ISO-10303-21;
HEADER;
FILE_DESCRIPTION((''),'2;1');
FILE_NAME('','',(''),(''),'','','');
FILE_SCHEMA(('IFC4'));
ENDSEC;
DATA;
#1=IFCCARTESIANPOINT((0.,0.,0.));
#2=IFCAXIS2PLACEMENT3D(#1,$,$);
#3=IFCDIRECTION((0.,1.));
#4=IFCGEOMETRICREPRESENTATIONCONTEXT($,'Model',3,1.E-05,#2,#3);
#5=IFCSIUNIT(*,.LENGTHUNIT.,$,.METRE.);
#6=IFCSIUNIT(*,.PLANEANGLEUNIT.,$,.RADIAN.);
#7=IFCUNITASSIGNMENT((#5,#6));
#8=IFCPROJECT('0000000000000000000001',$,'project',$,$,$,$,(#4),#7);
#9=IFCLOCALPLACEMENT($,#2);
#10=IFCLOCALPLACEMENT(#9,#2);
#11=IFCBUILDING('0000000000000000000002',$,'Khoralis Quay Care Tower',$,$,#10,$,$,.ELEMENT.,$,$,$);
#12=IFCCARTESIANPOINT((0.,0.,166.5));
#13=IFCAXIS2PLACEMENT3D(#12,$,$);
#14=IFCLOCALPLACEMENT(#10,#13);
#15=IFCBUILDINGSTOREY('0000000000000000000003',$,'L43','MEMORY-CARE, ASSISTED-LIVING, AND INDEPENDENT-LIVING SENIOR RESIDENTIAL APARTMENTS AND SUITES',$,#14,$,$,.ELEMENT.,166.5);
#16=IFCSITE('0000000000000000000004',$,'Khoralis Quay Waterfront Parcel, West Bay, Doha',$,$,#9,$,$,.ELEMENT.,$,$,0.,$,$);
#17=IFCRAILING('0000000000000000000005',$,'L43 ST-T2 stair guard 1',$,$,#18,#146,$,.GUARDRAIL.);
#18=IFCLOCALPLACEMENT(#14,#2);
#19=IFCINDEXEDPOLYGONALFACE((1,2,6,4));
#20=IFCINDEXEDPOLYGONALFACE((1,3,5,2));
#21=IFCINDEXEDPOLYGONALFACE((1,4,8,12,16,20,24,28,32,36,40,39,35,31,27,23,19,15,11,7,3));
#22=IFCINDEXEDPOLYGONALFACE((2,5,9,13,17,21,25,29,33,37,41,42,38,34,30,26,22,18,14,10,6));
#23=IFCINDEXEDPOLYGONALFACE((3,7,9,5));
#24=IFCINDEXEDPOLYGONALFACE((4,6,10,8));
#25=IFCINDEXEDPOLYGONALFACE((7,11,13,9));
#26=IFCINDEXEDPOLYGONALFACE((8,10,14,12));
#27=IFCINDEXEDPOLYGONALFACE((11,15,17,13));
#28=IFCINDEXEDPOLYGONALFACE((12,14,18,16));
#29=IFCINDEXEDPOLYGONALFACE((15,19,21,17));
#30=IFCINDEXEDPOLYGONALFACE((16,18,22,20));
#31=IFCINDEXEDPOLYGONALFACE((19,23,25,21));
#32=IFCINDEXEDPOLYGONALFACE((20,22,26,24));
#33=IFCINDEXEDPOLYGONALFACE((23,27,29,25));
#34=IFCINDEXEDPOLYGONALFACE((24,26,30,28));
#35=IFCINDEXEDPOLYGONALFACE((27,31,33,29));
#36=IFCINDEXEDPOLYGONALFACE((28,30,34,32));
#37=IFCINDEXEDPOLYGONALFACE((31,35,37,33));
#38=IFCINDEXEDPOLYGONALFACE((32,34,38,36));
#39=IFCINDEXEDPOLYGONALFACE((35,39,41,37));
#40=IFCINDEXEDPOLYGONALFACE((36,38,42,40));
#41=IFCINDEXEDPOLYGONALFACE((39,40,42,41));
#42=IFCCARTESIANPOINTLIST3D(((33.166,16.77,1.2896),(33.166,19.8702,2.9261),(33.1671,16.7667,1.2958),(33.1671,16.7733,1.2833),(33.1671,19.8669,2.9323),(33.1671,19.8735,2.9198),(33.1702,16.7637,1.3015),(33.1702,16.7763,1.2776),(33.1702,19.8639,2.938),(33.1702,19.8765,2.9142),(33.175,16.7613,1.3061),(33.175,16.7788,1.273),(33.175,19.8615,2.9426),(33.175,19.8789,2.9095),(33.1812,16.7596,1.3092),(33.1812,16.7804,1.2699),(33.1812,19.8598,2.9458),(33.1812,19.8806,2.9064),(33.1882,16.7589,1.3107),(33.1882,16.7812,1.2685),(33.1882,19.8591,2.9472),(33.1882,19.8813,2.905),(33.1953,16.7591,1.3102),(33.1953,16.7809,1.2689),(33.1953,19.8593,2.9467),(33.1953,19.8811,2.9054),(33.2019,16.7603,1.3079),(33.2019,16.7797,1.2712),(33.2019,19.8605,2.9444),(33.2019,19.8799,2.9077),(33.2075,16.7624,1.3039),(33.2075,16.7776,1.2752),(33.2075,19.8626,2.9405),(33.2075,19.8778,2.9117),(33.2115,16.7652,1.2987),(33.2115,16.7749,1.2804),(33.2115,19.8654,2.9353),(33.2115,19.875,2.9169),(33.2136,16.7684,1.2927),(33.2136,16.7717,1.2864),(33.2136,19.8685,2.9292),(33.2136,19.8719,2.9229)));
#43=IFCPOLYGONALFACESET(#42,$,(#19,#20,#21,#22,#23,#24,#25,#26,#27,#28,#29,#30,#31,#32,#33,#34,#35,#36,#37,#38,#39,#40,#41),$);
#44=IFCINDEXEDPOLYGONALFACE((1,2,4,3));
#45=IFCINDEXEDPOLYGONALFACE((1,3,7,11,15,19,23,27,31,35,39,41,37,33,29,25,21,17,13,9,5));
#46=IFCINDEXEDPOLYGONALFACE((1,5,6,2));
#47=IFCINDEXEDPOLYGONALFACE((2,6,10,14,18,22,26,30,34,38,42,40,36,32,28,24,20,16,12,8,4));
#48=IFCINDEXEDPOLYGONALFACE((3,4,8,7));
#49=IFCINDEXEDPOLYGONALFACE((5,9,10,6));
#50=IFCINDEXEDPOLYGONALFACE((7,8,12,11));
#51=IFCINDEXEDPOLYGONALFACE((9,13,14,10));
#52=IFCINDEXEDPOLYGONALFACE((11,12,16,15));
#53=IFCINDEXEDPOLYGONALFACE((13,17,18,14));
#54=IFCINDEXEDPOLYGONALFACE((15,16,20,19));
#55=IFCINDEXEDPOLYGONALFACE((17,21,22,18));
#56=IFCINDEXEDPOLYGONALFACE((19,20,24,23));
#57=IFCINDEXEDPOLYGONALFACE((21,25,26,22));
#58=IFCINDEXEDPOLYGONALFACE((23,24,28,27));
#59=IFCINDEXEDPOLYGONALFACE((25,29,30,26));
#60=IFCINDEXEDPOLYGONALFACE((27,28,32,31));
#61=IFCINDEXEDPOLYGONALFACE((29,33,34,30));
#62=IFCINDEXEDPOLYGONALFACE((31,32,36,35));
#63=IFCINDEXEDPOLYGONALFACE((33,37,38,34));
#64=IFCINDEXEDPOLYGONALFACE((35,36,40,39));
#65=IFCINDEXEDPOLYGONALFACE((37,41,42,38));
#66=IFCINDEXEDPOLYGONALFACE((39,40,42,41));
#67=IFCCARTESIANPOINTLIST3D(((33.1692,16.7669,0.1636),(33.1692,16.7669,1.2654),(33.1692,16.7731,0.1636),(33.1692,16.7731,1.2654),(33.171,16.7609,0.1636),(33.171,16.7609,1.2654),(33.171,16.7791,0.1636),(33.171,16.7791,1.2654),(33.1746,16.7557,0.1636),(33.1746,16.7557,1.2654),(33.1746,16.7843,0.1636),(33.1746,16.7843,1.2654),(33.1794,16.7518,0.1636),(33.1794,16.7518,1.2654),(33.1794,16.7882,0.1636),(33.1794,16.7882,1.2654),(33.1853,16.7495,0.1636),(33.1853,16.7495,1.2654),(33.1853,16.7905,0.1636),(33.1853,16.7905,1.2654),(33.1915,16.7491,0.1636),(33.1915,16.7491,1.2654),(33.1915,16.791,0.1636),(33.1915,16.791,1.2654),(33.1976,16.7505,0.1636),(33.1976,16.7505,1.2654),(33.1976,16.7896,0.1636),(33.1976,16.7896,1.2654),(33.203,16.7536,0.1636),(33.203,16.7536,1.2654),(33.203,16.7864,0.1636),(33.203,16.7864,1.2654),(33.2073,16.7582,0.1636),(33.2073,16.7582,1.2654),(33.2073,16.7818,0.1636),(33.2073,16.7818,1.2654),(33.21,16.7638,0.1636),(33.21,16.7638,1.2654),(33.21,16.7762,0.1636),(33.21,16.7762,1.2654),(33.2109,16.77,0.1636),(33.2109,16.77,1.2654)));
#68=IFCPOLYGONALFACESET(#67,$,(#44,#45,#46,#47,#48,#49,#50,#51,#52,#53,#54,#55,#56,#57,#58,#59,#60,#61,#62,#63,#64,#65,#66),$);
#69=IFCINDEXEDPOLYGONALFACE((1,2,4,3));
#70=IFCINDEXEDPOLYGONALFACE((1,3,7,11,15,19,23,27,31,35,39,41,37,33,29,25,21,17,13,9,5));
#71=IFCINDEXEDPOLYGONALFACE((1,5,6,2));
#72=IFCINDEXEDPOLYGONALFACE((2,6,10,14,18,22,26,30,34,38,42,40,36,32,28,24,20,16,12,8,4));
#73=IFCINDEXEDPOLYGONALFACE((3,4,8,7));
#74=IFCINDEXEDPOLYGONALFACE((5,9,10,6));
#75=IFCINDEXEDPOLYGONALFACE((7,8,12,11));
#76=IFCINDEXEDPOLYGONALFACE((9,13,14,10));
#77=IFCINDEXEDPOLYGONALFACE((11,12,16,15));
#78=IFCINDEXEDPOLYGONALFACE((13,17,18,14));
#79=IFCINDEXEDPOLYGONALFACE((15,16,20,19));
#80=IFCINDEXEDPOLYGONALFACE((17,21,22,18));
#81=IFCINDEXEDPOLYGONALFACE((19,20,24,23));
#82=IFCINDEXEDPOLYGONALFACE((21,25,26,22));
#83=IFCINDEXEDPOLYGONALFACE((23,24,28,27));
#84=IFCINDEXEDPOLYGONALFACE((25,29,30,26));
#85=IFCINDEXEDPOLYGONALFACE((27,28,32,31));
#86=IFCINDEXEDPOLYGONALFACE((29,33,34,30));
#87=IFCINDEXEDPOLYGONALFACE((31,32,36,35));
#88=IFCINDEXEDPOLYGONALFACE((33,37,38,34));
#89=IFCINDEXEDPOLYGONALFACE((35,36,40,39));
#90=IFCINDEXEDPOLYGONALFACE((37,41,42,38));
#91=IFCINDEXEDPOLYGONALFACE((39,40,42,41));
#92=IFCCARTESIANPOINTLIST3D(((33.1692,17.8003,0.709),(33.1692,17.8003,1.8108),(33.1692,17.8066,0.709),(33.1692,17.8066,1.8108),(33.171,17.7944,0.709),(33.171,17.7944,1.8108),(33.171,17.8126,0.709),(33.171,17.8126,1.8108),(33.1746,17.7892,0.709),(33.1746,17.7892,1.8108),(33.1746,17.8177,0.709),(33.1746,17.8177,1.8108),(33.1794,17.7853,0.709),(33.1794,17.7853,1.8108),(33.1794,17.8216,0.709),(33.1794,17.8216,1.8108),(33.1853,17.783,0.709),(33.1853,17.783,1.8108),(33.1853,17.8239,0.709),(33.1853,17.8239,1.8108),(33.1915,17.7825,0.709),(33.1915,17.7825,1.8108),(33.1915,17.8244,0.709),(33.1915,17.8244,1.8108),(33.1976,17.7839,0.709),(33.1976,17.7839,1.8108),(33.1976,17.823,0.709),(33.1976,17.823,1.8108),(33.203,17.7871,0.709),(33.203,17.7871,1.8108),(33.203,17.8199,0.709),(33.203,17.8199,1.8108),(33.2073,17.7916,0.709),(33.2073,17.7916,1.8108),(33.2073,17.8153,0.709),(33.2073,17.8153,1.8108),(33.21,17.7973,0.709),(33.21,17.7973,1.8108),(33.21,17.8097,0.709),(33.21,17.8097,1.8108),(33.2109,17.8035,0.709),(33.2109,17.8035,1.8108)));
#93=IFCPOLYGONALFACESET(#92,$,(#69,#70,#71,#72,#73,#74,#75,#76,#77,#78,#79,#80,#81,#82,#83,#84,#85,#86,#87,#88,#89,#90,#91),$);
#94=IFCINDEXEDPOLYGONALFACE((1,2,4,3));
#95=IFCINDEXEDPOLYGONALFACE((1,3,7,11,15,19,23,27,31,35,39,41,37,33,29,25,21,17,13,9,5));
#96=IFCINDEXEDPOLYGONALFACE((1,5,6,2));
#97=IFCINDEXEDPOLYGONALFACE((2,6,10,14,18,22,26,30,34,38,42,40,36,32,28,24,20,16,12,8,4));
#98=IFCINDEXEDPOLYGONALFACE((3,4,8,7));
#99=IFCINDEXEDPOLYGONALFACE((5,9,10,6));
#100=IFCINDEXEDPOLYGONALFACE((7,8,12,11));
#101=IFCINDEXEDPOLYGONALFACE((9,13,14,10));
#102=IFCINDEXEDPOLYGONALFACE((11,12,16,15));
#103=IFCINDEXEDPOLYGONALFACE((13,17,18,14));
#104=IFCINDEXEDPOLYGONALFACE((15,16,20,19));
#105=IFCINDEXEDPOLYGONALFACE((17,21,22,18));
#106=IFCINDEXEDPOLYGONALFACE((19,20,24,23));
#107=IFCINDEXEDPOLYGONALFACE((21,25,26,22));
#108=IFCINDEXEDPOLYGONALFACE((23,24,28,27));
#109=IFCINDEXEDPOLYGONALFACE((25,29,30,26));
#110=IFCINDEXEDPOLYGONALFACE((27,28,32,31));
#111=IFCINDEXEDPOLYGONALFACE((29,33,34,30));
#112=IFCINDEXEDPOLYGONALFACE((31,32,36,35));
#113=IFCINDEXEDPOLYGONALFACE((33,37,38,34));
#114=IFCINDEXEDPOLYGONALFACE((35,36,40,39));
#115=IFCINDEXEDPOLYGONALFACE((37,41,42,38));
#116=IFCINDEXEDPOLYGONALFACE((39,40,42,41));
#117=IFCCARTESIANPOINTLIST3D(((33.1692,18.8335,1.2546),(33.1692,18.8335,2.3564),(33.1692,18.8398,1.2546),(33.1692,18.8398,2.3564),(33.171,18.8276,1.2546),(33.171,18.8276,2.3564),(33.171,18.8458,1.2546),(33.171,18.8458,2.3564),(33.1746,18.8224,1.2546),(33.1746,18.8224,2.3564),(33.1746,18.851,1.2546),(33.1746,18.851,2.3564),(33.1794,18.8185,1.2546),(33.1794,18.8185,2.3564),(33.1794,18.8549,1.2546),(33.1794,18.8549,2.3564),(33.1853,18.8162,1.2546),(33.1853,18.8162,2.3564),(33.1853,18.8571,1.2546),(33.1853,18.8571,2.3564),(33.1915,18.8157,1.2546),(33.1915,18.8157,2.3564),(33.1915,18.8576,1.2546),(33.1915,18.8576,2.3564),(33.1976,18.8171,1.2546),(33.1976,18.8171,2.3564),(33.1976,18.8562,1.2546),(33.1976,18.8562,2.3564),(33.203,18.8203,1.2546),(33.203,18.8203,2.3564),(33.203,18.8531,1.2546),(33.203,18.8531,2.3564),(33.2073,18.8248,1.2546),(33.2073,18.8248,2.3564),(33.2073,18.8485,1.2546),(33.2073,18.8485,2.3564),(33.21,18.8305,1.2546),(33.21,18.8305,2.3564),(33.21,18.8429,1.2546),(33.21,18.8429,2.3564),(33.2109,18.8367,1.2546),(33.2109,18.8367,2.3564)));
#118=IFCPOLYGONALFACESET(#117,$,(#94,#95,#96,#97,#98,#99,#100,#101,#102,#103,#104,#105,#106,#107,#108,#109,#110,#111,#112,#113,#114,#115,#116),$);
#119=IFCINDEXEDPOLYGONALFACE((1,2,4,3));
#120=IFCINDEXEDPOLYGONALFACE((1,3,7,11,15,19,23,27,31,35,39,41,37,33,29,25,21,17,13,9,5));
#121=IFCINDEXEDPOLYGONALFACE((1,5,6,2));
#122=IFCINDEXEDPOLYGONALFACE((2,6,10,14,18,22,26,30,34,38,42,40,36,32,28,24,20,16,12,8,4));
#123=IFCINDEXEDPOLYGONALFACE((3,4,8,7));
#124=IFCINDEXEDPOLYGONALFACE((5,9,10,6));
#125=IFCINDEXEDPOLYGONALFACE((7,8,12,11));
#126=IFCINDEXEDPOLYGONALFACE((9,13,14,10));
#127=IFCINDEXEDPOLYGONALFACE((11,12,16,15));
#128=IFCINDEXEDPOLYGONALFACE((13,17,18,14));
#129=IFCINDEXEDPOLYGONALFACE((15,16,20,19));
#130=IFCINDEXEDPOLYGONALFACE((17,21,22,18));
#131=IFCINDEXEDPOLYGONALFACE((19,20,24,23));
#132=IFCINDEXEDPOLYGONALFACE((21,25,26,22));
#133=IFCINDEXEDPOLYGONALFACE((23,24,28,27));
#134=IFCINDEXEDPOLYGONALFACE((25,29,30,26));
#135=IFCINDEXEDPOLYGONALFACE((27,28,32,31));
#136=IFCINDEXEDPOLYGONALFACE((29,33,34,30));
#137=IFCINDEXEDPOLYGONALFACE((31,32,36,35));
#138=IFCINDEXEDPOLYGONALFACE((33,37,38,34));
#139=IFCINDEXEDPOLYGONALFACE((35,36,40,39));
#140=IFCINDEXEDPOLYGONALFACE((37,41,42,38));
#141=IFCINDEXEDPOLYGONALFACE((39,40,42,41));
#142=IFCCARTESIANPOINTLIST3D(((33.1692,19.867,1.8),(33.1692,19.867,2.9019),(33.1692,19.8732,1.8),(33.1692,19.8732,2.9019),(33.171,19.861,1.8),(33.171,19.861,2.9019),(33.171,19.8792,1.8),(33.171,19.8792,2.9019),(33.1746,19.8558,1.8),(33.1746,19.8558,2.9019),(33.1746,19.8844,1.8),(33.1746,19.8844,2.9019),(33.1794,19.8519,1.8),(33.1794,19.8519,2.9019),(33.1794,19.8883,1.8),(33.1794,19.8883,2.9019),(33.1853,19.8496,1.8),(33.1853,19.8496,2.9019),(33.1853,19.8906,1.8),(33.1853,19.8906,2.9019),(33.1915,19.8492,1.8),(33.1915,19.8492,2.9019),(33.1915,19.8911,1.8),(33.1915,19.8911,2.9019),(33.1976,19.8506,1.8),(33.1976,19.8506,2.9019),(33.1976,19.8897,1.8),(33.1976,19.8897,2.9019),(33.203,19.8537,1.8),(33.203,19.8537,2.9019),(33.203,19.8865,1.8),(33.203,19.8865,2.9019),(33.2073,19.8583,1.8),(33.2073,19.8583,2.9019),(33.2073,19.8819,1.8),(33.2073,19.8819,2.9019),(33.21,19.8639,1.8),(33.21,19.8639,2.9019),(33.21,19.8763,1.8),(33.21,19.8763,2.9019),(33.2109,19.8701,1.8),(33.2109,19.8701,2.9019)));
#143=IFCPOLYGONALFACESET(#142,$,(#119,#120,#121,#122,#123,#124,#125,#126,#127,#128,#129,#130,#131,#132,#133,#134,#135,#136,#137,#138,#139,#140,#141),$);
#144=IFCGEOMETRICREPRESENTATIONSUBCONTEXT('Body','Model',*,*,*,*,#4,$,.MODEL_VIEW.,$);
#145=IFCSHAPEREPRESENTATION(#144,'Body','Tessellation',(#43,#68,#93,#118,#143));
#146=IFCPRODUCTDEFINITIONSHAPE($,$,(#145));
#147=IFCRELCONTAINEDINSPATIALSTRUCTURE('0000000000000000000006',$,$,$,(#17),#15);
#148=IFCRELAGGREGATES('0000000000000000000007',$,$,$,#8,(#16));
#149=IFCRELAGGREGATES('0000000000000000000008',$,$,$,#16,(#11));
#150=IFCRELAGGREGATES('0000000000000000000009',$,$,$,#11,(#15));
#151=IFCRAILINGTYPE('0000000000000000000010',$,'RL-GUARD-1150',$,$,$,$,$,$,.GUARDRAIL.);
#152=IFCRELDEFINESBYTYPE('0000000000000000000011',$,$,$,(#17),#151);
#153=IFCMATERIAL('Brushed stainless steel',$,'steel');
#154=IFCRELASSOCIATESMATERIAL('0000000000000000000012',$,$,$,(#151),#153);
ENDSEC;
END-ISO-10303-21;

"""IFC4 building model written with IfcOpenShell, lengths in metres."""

from ifc_helpers import new_model, si_unit, direction, frame, origin, origin_2d, place, context, subcontext, project, spatial, circle, extrude, material, type_object, element, save


model = new_model("IFC4")

# Units and contexts
model_context = context("Model", 3, precision=1e-05, world=origin(), true_north=direction((0.0, 1.0)))
body_context = subcontext(model_context, "Body", "Model", "MODEL_VIEW")
ifc_project = project(units=[si_unit("LENGTHUNIT", "METRE"), si_unit("PLANEANGLEUNIT", "RADIAN")], contexts=[model_context])

# Site, building, storey
site_placement = place(None, origin())
site = spatial("IfcSite", under=ifc_project, at=site_placement, Name="Khoralis Quay Waterfront Parcel, West Bay, Doha", CompositionType="ELEMENT", RefElevation=0.0)
building_placement = place(site_placement, origin())
building = spatial("IfcBuilding", under=site, at=building_placement, Name="Khoralis Quay Care Tower", CompositionType="ELEMENT")
storey_placement = place(building_placement, frame((0.0, 0.0, 166.5)))
storey = spatial("IfcBuildingStorey", under=building, at=storey_placement, Name="L43", Description="MEMORY-CARE, ASSISTED-LIVING, AND INDEPENDENT-LIVING SENIOR RESIDENTIAL APARTMENTS AND SUITES", CompositionType="ELEMENT", Elevation=166.5)

# Railing
ifc_material_1 = material(Name="Brushed stainless steel", Category="steel")
railing_type_1 = type_object("IfcRailingType", Name="RL-GUARD-1150", PredefinedType="GUARDRAIL", material=ifc_material_1)
railing_1_placement = place(storey_placement, frame((33.1899, 16.77, 0.1636)))
element("IfcRailing", 1, at=railing_1_placement, inside=storey, type_object=railing_type_1, Name="L43 ST-T2 stair guard 1", PredefinedType="GUARDRAIL", context=body_context, shape_type="SweptSolid", body=[
    extrude(circle(Radius=0.0239, at=origin_2d()), frame((0.0, 0.0, 1.126), z_axis=(0.0, 0.884348, 0.466828), x_axis=(-1.0, 0.0, 0.0)), (0.0, 0.0, 1.0), 3.5056),
    extrude(circle(Radius=0.021, at=origin_2d()), origin(), (0.0, 0.0, 1.0), 1.1018),
    extrude(circle(Radius=0.021, at=origin_2d()), frame((0.0, 1.0334, 0.5454)), (0.0, 0.0, 1.0), 1.1018),
    extrude(circle(Radius=0.021, at=origin_2d()), frame((0.0, 2.0667, 1.0911)), (0.0, 0.0, 1.0), 1.1018),
    extrude(circle(Radius=0.021, at=origin_2d()), frame((0.0, 3.1001, 1.6365)), (0.0, 0.0, 1.0), 1.1018),
])

save(model, "model.ifc")
